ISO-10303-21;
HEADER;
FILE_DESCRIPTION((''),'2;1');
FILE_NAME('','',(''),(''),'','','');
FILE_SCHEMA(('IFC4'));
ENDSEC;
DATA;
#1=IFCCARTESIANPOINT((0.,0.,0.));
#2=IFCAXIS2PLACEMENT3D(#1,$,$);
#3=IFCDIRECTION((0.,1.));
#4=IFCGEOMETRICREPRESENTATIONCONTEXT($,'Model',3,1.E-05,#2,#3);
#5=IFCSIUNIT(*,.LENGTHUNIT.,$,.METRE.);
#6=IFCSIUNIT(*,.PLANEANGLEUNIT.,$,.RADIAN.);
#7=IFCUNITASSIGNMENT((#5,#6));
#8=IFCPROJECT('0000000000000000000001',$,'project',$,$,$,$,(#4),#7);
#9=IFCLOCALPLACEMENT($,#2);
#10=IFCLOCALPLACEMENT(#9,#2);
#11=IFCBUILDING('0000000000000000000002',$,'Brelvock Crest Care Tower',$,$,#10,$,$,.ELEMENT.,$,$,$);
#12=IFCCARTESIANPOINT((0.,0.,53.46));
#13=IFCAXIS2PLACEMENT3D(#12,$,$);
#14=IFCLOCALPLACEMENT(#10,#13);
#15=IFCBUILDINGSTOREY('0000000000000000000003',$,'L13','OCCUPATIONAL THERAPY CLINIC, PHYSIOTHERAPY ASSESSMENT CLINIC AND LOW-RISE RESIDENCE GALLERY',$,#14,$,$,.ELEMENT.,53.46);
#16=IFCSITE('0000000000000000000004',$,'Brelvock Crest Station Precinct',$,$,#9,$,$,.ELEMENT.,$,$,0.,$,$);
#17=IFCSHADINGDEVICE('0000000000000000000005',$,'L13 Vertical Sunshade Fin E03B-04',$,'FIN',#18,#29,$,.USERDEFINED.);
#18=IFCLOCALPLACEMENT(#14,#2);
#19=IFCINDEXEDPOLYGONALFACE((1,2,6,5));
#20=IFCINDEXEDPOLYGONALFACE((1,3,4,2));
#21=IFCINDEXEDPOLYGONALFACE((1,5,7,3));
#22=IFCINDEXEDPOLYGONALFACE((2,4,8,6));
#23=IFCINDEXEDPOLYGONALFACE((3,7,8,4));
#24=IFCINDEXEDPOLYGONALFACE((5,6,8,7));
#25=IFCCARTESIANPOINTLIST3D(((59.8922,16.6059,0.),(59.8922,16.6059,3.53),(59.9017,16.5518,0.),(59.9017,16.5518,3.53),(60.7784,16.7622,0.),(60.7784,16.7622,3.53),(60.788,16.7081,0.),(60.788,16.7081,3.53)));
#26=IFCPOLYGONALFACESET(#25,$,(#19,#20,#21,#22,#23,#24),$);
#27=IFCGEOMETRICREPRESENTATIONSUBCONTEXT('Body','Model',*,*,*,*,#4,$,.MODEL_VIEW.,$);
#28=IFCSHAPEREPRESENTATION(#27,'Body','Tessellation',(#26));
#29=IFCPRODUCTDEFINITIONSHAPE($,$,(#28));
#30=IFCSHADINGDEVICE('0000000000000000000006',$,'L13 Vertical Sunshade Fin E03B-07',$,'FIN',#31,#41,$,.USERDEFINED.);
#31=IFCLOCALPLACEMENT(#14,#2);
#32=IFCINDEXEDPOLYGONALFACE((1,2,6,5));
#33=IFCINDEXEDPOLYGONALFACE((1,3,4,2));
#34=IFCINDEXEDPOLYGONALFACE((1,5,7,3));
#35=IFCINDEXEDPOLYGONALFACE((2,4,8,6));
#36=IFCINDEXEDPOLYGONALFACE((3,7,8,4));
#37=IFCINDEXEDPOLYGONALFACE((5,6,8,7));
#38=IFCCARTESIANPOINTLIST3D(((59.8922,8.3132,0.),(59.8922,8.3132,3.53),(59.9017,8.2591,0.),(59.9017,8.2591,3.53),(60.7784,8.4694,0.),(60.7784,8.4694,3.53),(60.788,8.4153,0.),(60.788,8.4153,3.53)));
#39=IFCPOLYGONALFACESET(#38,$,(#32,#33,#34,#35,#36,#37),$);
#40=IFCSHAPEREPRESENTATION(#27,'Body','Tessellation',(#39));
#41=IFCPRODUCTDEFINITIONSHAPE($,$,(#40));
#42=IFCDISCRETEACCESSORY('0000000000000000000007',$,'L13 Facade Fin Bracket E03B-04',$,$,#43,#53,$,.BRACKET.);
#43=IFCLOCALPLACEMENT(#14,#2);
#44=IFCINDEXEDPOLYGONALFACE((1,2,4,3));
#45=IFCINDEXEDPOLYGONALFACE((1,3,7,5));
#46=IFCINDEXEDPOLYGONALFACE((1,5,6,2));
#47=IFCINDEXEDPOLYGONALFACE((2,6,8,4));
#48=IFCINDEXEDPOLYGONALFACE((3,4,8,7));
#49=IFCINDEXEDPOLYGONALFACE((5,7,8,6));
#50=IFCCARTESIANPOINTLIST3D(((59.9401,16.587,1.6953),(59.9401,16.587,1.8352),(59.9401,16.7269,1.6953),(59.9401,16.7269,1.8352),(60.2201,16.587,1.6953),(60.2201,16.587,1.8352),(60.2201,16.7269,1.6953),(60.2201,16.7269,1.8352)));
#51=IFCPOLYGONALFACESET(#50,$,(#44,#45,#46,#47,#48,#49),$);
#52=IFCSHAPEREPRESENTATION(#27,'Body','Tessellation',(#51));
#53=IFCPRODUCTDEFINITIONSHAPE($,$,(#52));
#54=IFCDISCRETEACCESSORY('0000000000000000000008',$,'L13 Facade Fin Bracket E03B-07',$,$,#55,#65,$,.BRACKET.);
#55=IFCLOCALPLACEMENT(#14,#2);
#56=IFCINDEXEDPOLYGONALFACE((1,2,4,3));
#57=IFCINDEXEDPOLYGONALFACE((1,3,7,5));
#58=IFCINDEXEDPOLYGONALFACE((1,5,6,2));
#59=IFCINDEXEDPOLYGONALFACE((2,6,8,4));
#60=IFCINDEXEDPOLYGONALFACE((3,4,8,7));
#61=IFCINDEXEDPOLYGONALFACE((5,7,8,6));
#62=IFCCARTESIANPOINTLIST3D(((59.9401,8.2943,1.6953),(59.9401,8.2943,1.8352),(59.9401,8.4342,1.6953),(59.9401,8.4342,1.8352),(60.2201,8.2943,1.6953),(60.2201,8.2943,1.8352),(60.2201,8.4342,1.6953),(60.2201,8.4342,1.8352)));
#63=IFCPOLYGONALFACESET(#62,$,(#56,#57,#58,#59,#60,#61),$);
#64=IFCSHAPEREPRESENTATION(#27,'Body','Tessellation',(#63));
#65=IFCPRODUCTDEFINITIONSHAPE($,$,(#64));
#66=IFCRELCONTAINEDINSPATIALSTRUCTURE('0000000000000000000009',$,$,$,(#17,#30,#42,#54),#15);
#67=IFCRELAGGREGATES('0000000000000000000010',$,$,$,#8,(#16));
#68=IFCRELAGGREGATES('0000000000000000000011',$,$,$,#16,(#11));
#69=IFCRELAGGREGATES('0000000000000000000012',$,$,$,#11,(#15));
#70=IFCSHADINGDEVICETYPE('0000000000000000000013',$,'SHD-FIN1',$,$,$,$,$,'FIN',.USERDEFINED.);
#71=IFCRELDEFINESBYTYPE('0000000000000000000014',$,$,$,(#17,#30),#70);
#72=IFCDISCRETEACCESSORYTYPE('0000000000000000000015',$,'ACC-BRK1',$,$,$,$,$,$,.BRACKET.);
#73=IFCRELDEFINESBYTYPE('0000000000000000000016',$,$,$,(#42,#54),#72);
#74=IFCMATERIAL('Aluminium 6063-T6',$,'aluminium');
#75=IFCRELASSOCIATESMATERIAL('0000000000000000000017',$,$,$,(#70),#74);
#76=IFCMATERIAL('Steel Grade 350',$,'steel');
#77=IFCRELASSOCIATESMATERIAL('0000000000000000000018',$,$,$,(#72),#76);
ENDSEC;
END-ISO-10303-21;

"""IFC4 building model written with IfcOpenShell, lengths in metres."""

from ifc_helpers import new_model, si_unit, direction, frame, origin, origin_2d, place, context, subcontext, project, spatial, rectangle, extrude, source, transform, mapped, material, material_profile, profile_set, type_object, element, save


model = new_model("IFC4")

# Units and contexts
model_context = context("Model", 3, precision=1e-05, world=origin(), true_north=direction((0.0, 1.0)))
body_context = subcontext(model_context, "Body", "Model", "MODEL_VIEW")
ifc_project = project(units=[si_unit("LENGTHUNIT", "METRE"), si_unit("PLANEANGLEUNIT", "RADIAN")], contexts=[model_context])

# Site, building, storey
site_placement = place(None, origin())
site = spatial("IfcSite", under=ifc_project, at=site_placement, Name="Brelvock Crest Station Precinct", CompositionType="ELEMENT", RefElevation=0.0)
building_placement = place(site_placement, origin())
building = spatial("IfcBuilding", under=site, at=building_placement, Name="Brelvock Crest Care Tower", CompositionType="ELEMENT")
storey_placement = place(building_placement, frame((0.0, 0.0, 53.46)))
storey = spatial("IfcBuildingStorey", under=building, at=storey_placement, Name="L13", Description="OCCUPATIONAL THERAPY CLINIC, PHYSIOTHERAPY ASSESSMENT CLINIC AND LOW-RISE RESIDENCE GALLERY", CompositionType="ELEMENT", Elevation=53.46)

# Shared definitions
ifc_material_1 = material(Name="Aluminium 6063-T6", Category="aluminium")

# Shading devices
ifc_material_profile_1 = material_profile(ifc_material_1, rectangle(XDim=0.0549, YDim=0.8999, at=origin_2d()), Name="FIN55x900")
ifc_profile_set_1 = profile_set([ifc_material_profile_1], Name="Aluminium 6063-T6")
shading_device_type = type_object("IfcShadingDeviceType", Name="SHD-FIN1", ElementType="FIN", PredefinedType="USERDEFINED", material=ifc_profile_set_1)
shared_shape_1 = source(origin(), body_context, "Body", "SweptSolid", [
    extrude(rectangle(XDim=0.0549, YDim=0.8999, at=origin_2d()), origin(), (0.0, 0.0, 1.0), 3.53),
])
for number, where, z_axis, x_axis, name in (
    (1, (60.3401, 16.657, 0.0), (0.0, 0.0, 1.0), (0.173648, -0.984808, 0.0), "L13 Vertical Sunshade Fin E03B-04"),
    (2, (60.3401, 8.3643, 0.0), (0.0, 0.0, 1.0), (0.173648, -0.984808, 0.0), "L13 Vertical Sunshade Fin E03B-07"),
):
    element("IfcShadingDevice", number, at=place(storey_placement, frame(where, z_axis=z_axis, x_axis=x_axis)), inside=storey, type_object=shading_device_type, Name=name, ObjectType="FIN", PredefinedType="USERDEFINED", context=body_context, shape_type="MappedRepresentation", body=[
        mapped(shared_shape_1, transform((0.0, 0.0, 0.0), x_axis=(1.0, 0.0, 0.0), y_axis=(0.0, 1.0, 0.0), z_axis=(0.0, 0.0, 1.0), scale=1.0)),
    ])

# Discrete accessories
ifc_material_2 = material(Name="Steel Grade 350", Category="steel")
discrete_accessory_type = type_object("IfcDiscreteAccessoryType", Name="ACC-BRK1", PredefinedType="BRACKET", material=ifc_material_2)
shared_shape_2 = source(origin(), body_context, "Body", "SweptSolid", [
    extrude(rectangle(XDim=0.28, YDim=0.1399, at=origin_2d()), origin(), (0.0, 0.0, 1.0), 0.1399),
])
for number, where, z_axis, x_axis, name in (
    (3, (60.0801, 16.657, 1.6953), (0.0, 0.0, 1.0), (1.0, 0.0, 0.0), "L13 Facade Fin Bracket E03B-04"),
    (4, (60.0801, 8.3643, 1.6953), (0.0, 0.0, 1.0), (1.0, 0.0, 0.0), "L13 Facade Fin Bracket E03B-07"),
):
    element("IfcDiscreteAccessory", number, at=place(storey_placement, frame(where, z_axis=z_axis, x_axis=x_axis)), inside=storey, type_object=discrete_accessory_type, Name=name, PredefinedType="BRACKET", context=body_context, shape_type="MappedRepresentation", body=[
        mapped(shared_shape_2, transform((0.0, 0.0, 0.0), x_axis=(1.0, 0.0, 0.0), y_axis=(0.0, 1.0, 0.0), z_axis=(0.0, 0.0, 1.0), scale=1.0)),
    ])

save(model, "model.ifc")
